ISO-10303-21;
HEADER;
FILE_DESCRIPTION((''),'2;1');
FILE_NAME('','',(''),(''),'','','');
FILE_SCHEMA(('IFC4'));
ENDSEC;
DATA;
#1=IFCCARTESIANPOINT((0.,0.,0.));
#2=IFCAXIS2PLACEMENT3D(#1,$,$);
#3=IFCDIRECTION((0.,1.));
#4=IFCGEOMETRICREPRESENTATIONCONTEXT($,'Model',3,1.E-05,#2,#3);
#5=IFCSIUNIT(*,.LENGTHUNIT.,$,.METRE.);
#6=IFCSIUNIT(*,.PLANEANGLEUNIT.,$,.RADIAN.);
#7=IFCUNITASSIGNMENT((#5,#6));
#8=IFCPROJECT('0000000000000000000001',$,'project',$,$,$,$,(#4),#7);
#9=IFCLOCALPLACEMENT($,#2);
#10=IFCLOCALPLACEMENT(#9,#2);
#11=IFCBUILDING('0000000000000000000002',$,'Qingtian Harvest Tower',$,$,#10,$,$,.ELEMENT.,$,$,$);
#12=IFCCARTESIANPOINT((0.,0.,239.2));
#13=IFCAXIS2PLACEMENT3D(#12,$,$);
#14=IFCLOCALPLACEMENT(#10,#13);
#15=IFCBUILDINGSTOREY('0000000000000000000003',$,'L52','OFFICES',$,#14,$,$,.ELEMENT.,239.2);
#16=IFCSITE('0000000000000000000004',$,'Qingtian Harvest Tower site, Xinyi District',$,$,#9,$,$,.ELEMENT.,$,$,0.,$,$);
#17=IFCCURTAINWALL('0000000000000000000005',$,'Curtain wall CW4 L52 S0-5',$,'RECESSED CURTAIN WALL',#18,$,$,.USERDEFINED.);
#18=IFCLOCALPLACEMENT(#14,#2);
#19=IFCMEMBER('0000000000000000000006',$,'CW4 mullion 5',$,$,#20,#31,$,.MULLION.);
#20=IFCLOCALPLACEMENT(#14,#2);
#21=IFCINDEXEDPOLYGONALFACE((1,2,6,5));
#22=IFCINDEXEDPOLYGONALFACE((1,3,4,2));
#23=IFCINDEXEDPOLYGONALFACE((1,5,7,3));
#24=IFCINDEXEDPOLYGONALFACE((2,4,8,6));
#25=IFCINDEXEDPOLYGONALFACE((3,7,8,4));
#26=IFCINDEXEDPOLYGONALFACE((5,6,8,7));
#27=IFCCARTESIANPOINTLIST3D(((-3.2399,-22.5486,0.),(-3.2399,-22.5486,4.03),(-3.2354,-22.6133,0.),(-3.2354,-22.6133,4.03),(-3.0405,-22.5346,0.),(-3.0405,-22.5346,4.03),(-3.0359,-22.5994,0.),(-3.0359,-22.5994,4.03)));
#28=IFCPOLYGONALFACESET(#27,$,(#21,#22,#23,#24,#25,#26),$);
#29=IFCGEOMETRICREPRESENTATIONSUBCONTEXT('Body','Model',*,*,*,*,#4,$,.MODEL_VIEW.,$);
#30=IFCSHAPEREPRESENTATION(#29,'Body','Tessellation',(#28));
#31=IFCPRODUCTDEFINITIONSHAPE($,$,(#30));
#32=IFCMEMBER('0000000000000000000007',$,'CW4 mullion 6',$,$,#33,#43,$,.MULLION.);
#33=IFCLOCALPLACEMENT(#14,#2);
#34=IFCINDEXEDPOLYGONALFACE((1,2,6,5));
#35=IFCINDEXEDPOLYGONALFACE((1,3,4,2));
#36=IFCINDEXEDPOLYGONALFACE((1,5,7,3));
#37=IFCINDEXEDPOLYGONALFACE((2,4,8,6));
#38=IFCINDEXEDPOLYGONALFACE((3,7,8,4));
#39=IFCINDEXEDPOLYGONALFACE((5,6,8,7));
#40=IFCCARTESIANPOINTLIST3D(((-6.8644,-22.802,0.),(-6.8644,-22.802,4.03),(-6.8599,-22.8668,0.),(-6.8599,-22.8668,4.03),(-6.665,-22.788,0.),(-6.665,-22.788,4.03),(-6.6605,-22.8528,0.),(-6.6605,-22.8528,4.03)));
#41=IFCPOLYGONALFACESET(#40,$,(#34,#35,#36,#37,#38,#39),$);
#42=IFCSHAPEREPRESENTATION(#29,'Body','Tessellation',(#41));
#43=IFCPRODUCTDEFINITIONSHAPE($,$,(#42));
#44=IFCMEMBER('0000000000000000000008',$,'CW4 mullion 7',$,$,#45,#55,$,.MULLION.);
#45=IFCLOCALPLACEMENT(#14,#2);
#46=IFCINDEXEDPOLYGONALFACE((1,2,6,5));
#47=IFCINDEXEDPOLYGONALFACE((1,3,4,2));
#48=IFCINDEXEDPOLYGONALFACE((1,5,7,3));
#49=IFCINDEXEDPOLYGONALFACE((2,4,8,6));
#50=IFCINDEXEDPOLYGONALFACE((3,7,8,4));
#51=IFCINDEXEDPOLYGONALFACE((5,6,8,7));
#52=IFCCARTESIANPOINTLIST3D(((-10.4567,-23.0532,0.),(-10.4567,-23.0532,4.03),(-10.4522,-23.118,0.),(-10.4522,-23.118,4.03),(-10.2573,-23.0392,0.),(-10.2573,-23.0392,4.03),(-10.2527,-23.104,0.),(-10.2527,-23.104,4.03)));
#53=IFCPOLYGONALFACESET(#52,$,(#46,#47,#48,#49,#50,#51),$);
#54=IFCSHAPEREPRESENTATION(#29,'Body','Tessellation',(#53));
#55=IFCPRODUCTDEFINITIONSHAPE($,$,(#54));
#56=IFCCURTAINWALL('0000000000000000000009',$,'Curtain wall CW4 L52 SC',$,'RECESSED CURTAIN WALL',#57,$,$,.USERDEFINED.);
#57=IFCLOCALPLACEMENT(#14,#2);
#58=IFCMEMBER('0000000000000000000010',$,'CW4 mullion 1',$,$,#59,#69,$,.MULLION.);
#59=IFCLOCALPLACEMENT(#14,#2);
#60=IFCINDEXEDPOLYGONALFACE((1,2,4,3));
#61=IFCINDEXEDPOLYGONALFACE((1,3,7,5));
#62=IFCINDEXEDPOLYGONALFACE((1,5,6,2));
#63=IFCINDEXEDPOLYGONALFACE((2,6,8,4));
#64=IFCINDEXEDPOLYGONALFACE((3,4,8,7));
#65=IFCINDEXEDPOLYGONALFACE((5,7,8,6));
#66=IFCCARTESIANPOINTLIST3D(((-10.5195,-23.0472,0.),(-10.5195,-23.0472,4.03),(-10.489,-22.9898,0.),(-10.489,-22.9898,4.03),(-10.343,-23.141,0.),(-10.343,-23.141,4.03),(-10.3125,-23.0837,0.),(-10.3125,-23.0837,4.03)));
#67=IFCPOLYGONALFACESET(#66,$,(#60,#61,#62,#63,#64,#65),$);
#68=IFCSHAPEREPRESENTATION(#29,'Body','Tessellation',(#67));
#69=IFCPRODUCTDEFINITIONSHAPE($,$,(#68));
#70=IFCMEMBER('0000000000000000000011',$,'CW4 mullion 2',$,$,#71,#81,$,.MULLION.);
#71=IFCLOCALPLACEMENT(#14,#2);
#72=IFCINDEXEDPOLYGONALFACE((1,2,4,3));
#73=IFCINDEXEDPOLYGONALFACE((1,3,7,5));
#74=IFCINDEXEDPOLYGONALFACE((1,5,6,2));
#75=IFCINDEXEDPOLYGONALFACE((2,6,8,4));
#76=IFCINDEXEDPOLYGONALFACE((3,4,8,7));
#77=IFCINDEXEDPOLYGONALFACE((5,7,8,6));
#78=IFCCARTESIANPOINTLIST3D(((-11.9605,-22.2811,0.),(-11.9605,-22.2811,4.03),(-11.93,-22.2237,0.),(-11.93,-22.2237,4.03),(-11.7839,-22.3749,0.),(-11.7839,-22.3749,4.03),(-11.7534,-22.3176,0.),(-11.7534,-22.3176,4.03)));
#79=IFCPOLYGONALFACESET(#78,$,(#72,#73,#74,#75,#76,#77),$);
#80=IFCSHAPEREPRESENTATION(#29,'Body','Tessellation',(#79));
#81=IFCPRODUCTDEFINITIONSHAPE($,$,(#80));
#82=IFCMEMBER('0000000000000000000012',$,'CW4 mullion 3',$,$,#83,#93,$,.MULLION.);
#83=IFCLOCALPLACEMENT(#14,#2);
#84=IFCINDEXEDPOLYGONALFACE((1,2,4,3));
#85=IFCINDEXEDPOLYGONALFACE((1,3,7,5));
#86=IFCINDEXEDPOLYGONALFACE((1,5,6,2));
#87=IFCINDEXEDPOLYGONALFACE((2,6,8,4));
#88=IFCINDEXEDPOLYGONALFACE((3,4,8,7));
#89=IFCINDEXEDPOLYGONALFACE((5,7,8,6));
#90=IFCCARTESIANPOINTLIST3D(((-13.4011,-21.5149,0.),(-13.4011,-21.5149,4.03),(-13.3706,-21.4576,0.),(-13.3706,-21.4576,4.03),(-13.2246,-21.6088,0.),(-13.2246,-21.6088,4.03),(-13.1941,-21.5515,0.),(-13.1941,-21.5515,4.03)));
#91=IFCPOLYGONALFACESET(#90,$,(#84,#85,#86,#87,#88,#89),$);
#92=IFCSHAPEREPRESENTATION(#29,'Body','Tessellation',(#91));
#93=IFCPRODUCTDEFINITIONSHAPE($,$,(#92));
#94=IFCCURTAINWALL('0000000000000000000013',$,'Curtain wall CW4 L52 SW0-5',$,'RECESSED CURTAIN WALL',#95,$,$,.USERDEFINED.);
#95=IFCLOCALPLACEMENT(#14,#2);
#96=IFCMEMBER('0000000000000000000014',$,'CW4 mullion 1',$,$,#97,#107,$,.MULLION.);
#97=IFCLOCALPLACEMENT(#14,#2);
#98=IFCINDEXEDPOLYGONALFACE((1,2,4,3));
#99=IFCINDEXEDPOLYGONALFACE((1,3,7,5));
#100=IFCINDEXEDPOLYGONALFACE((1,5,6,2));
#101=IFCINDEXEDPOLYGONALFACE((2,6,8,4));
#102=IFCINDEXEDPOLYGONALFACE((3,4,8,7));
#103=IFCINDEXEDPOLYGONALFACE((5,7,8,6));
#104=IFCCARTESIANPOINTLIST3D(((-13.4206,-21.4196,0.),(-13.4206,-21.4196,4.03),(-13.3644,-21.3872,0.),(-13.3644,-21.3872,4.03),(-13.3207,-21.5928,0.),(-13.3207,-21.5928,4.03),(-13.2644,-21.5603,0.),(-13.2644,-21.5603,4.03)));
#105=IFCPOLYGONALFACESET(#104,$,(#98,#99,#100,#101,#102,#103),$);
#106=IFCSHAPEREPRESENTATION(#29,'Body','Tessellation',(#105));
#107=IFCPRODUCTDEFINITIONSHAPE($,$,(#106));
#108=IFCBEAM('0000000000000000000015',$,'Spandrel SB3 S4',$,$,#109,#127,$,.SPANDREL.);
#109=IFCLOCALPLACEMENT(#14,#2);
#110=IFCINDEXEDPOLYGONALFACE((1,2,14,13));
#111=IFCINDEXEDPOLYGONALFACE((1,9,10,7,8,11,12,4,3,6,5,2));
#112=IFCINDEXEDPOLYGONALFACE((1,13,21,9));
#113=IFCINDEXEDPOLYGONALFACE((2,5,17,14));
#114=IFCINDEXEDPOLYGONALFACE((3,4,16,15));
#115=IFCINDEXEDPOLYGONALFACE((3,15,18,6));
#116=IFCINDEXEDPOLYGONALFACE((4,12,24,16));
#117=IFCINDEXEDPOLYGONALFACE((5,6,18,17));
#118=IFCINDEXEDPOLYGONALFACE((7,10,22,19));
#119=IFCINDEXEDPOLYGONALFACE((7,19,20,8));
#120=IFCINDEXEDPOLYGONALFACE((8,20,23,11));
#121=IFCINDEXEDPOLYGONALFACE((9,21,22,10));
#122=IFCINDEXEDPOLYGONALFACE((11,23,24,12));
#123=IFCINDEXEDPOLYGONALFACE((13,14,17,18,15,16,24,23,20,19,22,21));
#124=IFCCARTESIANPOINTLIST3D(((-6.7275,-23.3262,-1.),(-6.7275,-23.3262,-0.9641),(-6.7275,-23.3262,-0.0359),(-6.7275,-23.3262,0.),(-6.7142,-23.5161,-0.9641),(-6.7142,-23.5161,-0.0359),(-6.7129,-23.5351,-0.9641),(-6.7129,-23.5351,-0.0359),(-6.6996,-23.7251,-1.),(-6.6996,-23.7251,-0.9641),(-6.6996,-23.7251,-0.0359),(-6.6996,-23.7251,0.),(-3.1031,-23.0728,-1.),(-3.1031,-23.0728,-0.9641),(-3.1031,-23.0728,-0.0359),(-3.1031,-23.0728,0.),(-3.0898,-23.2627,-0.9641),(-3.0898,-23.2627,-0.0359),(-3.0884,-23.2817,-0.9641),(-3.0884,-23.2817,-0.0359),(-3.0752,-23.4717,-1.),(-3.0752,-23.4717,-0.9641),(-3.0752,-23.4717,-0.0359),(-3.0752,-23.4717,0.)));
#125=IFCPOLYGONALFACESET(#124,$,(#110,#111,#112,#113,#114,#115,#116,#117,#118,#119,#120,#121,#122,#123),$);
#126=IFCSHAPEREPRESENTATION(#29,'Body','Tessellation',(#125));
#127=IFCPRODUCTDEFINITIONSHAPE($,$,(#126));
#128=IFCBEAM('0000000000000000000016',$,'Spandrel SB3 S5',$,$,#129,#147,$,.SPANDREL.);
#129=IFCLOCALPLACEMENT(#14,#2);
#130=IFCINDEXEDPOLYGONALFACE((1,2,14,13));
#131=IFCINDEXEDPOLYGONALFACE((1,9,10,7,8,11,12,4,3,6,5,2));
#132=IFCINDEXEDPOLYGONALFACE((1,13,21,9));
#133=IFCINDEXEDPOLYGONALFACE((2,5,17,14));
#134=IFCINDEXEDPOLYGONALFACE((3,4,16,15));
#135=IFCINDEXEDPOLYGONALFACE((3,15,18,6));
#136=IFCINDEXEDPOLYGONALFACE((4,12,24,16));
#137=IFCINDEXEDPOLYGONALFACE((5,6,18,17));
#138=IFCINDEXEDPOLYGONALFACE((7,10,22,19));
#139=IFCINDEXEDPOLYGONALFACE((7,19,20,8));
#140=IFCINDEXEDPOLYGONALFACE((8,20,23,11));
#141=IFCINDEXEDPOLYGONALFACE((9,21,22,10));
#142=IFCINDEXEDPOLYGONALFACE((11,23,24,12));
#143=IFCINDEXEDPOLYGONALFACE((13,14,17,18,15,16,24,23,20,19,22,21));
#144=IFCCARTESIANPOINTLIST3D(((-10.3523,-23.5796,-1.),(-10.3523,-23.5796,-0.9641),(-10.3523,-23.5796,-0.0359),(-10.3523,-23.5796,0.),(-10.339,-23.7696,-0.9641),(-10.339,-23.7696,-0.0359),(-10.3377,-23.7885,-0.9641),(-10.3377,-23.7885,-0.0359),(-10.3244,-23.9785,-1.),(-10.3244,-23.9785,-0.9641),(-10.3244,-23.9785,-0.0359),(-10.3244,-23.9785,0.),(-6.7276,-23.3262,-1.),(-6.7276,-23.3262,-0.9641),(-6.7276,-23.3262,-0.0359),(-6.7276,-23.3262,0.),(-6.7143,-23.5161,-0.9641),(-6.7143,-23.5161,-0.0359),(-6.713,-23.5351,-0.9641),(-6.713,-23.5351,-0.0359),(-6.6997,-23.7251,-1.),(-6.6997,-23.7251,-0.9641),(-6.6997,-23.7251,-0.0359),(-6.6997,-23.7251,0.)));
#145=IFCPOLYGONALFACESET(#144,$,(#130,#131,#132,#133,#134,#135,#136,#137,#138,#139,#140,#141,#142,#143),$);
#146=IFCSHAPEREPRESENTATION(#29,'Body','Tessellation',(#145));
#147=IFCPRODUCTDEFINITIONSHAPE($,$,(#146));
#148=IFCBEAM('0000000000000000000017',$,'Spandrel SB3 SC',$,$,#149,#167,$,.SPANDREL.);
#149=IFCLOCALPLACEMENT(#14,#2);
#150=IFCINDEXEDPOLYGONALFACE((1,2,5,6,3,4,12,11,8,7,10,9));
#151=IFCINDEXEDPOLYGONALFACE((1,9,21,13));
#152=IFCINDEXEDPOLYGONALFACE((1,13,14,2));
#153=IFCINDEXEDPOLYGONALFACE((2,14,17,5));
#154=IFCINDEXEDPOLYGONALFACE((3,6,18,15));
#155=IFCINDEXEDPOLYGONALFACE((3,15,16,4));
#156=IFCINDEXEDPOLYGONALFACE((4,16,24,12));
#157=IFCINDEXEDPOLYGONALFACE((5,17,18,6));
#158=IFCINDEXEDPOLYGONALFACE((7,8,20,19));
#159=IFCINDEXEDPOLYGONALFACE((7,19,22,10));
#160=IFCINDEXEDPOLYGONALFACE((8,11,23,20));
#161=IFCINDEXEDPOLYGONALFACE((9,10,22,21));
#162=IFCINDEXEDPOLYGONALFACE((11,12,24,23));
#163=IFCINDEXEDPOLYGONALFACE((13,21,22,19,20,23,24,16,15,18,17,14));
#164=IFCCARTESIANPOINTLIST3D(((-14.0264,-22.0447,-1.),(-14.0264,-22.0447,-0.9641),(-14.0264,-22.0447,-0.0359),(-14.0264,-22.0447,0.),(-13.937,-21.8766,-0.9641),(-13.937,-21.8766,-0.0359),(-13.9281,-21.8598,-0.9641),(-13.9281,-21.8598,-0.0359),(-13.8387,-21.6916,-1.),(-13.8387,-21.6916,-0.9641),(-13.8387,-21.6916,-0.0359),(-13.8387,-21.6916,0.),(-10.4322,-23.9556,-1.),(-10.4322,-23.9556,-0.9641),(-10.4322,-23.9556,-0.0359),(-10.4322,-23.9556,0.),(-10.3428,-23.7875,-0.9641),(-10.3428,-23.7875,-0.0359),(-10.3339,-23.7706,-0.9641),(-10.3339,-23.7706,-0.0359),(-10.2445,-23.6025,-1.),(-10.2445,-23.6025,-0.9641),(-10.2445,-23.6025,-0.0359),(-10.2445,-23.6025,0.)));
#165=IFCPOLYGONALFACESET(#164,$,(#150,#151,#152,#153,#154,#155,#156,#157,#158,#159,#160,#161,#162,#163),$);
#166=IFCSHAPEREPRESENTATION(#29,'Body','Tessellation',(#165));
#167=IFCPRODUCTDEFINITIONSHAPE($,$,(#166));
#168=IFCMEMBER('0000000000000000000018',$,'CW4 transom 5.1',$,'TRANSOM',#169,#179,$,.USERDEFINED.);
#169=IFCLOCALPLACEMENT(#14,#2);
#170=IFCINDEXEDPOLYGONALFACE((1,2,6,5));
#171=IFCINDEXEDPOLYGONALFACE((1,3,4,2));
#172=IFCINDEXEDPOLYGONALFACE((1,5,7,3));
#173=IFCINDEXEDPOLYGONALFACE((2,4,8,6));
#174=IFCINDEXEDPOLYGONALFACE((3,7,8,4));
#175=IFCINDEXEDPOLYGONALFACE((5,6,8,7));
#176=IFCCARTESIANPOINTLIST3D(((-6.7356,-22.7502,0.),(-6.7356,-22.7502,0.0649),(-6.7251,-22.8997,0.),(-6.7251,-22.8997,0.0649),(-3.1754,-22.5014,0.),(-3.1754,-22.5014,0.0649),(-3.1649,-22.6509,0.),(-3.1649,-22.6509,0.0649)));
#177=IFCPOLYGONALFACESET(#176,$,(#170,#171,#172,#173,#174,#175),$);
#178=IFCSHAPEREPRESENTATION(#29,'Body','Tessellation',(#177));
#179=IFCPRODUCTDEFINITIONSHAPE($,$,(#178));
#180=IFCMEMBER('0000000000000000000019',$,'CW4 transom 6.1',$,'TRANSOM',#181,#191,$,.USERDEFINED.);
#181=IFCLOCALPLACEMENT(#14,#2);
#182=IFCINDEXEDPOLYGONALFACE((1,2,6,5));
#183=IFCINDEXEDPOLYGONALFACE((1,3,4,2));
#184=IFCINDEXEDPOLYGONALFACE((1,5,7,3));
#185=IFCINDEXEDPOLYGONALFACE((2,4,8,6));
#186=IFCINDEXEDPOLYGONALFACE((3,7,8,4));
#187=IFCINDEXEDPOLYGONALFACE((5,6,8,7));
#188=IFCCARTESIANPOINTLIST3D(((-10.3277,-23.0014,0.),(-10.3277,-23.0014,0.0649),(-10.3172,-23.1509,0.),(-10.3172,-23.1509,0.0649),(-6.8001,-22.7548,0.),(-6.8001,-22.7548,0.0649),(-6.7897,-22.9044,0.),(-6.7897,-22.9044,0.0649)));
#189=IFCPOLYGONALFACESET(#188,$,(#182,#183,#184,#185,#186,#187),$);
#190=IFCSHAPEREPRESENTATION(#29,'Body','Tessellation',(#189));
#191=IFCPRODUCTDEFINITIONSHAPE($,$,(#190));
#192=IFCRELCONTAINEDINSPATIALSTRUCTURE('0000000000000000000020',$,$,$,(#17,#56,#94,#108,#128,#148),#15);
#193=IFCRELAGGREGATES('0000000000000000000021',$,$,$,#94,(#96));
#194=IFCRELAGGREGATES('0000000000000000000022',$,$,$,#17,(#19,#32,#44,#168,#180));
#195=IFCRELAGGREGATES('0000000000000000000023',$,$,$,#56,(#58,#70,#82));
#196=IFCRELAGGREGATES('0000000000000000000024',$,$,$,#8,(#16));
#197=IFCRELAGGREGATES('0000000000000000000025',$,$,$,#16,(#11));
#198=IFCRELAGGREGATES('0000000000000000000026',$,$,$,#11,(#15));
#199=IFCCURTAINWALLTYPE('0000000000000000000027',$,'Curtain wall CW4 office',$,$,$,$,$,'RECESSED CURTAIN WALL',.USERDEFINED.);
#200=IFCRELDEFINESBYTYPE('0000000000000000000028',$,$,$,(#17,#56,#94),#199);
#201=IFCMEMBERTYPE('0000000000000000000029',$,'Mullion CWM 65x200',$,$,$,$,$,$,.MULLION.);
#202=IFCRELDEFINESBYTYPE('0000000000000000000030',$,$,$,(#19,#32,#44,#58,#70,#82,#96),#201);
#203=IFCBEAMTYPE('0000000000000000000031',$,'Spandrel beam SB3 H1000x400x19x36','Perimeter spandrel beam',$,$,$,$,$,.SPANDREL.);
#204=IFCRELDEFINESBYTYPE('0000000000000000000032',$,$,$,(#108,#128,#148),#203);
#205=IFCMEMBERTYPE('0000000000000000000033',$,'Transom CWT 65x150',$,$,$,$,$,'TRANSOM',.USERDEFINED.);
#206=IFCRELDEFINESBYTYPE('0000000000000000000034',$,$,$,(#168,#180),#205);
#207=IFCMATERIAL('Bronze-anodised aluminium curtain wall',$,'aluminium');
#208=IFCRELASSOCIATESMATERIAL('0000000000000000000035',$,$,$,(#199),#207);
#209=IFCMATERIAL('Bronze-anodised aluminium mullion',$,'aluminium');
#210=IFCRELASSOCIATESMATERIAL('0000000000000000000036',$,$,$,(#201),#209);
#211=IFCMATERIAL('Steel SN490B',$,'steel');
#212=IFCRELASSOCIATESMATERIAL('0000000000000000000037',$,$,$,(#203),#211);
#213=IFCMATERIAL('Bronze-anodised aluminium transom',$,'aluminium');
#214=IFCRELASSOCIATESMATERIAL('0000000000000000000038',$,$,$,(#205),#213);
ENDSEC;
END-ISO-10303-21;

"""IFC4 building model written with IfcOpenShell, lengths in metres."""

from ifc_helpers import new_model, si_unit, direction, frame, origin, origin_2d, place, context, subcontext, project, spatial, rectangle, i_section, extrude, material, material_profile, profile_set, type_object, element, aggregate, save


model = new_model("IFC4")

# Units and contexts
model_context = context("Model", 3, precision=1e-05, world=origin(), true_north=direction((0.0, 1.0)))
body_context = subcontext(model_context, "Body", "Model", "MODEL_VIEW")
ifc_project = project(units=[si_unit("LENGTHUNIT", "METRE"), si_unit("PLANEANGLEUNIT", "RADIAN")], contexts=[model_context])

# Site, building, storey
site_placement = place(None, origin())
site = spatial("IfcSite", under=ifc_project, at=site_placement, Name="Qingtian Harvest Tower site, Xinyi District", CompositionType="ELEMENT", RefElevation=0.0)
building_placement = place(site_placement, origin())
building = spatial("IfcBuilding", under=site, at=building_placement, Name="Qingtian Harvest Tower", CompositionType="ELEMENT")
storey_placement = place(building_placement, frame((0.0, 0.0, 239.2)))
storey = spatial("IfcBuildingStorey", under=building, at=storey_placement, Name="L52", Description="OFFICES", CompositionType="ELEMENT", Elevation=239.2)

# Curtain walls, members
ifc_material_1 = material(Name="Bronze-anodised aluminium curtain wall", Category="aluminium")
curtain_wall_type = type_object("IfcCurtainWallType", Name="Curtain wall CW4 office", ElementType="RECESSED CURTAIN WALL", PredefinedType="USERDEFINED", material=ifc_material_1)
curtain_wall_1_placement = place(storey_placement, origin())
curtain_wall_1 = element("IfcCurtainWall", 1, at=curtain_wall_1_placement, inside=storey, type_object=curtain_wall_type, Name="Curtain wall CW4 L52 S0-5", ObjectType="RECESSED CURTAIN WALL", PredefinedType="USERDEFINED")
ifc_material_2 = material(Name="Bronze-anodised aluminium mullion", Category="aluminium")
ifc_material_profile_1 = material_profile(ifc_material_2, rectangle(XDim=0.0649, YDim=0.2, at=origin_2d()), Name="AL 65x200")
ifc_profile_set_1 = profile_set([ifc_material_profile_1], Name="Bronze-anodised aluminium mullion")
member_type_1 = type_object("IfcMemberType", Name="Mullion CWM 65x200", PredefinedType="MULLION", material=ifc_profile_set_1)
member_1_placement = place(storey_placement, frame((-3.1379, -22.574, 0.0), z_axis=(0.0, 0.0, 1.0), x_axis=(0.069756, -0.997564, 0.0)))
member_1 = element("IfcMember", 2, at=member_1_placement, type_object=member_type_1, Name="CW4 mullion 5", PredefinedType="MULLION", context=body_context, shape_type="SweptSolid", body=[
    extrude(rectangle(XDim=0.0649, YDim=0.2, at=origin_2d()), origin(), (0.0, 0.0, 1.0), 4.03),
])
member_2_placement = place(storey_placement, frame((-6.7625, -22.8274, 0.0), z_axis=(0.0, 0.0, 1.0), x_axis=(0.069756, -0.997564, 0.0)))
member_2 = element("IfcMember", 3, at=member_2_placement, type_object=member_type_1, Name="CW4 mullion 6", PredefinedType="MULLION", context=body_context, shape_type="SweptSolid", body=[
    extrude(rectangle(XDim=0.0649, YDim=0.2, at=origin_2d()), origin(), (0.0, 0.0, 1.0), 4.03),
])
member_3_placement = place(storey_placement, frame((-10.3547, -23.0786, 0.0), z_axis=(0.0, 0.0, 1.0), x_axis=(0.069756, -0.997564, 0.0)))
member_3 = element("IfcMember", 4, at=member_3_placement, type_object=member_type_1, Name="CW4 mullion 7", PredefinedType="MULLION", context=body_context, shape_type="SweptSolid", body=[
    extrude(rectangle(XDim=0.0649, YDim=0.2, at=origin_2d()), origin(), (0.0, 0.0, 1.0), 4.03),
])
curtain_wall_2_placement = place(storey_placement, origin())
curtain_wall_2 = element("IfcCurtainWall", 5, at=curtain_wall_2_placement, inside=storey, type_object=curtain_wall_type, Name="Curtain wall CW4 L52 SC", ObjectType="RECESSED CURTAIN WALL", PredefinedType="USERDEFINED")
member_4_placement = place(storey_placement, frame((-10.416, -23.0654, 0.0), z_axis=(0.0, 0.0, 1.0), x_axis=(-0.469472, -0.882948, 0.0)))
member_4 = element("IfcMember", 6, at=member_4_placement, type_object=member_type_1, Name="CW4 mullion 1", PredefinedType="MULLION", context=body_context, shape_type="SweptSolid", body=[
    extrude(rectangle(XDim=0.0649, YDim=0.2, at=origin_2d()), origin(), (0.0, 0.0, 1.0), 4.03),
])
member_5_placement = place(storey_placement, frame((-11.8569, -22.2993, 0.0), z_axis=(0.0, 0.0, 1.0), x_axis=(-0.469472, -0.882948, 0.0)))
member_5 = element("IfcMember", 7, at=member_5_placement, type_object=member_type_1, Name="CW4 mullion 2", PredefinedType="MULLION", context=body_context, shape_type="SweptSolid", body=[
    extrude(rectangle(XDim=0.0649, YDim=0.2, at=origin_2d()), origin(), (0.0, 0.0, 1.0), 4.03),
])
member_6_placement = place(storey_placement, frame((-13.2976, -21.5332, 0.0), z_axis=(0.0, 0.0, 1.0), x_axis=(-0.469472, -0.882948, 0.0)))
member_6 = element("IfcMember", 8, at=member_6_placement, type_object=member_type_1, Name="CW4 mullion 3", PredefinedType="MULLION", context=body_context, shape_type="SweptSolid", body=[
    extrude(rectangle(XDim=0.0649, YDim=0.2, at=origin_2d()), origin(), (0.0, 0.0, 1.0), 4.03),
])

# Curtain wall, member
curtain_wall_3_placement = place(storey_placement, origin())
curtain_wall_3 = element("IfcCurtainWall", 9, at=curtain_wall_3_placement, inside=storey, type_object=curtain_wall_type, Name="Curtain wall CW4 L52 SW0-5", ObjectType="RECESSED CURTAIN WALL", PredefinedType="USERDEFINED")
member_7_placement = place(storey_placement, frame((-13.3425, -21.49, 0.0), z_axis=(0.0, 0.0, 1.0), x_axis=(-0.866025, -0.5, 0.0)))
member_7 = element("IfcMember", 10, at=member_7_placement, type_object=member_type_1, Name="CW4 mullion 1", PredefinedType="MULLION", context=body_context, shape_type="SweptSolid", body=[
    extrude(rectangle(XDim=0.0649, YDim=0.2, at=origin_2d()), origin(), (0.0, 0.0, 1.0), 4.03),
])

# Beams
ifc_material_3 = material(Name="Steel SN490B", Category="steel")
ifc_material_profile_2 = material_profile(ifc_material_3, i_section(OverallWidth=0.3999, OverallDepth=1.0, WebThickness=0.019, FlangeThickness=0.0359, at=origin_2d()), Name="H1000x400x19x36")
ifc_profile_set_2 = profile_set([ifc_material_profile_2], Name="Steel SN490B")
beam_type_1 = type_object("IfcBeamType", Name="Spandrel beam SB3 H1000x400x19x36", Description="Perimeter spandrel beam", PredefinedType="SPANDREL", material=ifc_profile_set_2)
beam_1_placement = place(storey_placement, frame((-3.0891, -23.2722, -0.5), z_axis=(-0.997565, -0.069748, 0.0), x_axis=(0.069748, -0.997565, 0.0)))
element("IfcBeam", 11, at=beam_1_placement, inside=storey, type_object=beam_type_1, Name="Spandrel SB3 S4", PredefinedType="SPANDREL", context=body_context, shape_type="SweptSolid", body=[
    extrude(i_section(OverallWidth=0.3999, OverallDepth=1.0, WebThickness=0.019, FlangeThickness=0.0359, at=origin_2d()), origin(), (0.0, 0.0, 1.0), 3.6333),
])
beam_2_placement = place(storey_placement, frame((-6.7136, -23.5256, -0.5), z_axis=(-0.997565, -0.069743, 0.0), x_axis=(0.069743, -0.997565, 0.0)))
element("IfcBeam", 12, at=beam_2_placement, inside=storey, type_object=beam_type_1, Name="Spandrel SB3 S5", PredefinedType="SPANDREL", context=body_context, shape_type="SweptSolid", body=[
    extrude(i_section(OverallWidth=0.3999, OverallDepth=1.0, WebThickness=0.019, FlangeThickness=0.0359, at=origin_2d()), origin(), (0.0, 0.0, 1.0), 3.6335),
])
beam_3_placement = place(storey_placement, frame((-10.3384, -23.7791, -0.5), z_axis=(-0.882968, 0.469433, 0.0), x_axis=(-0.469433, -0.882968, 0.0)))
element("IfcBeam", 13, at=beam_3_placement, inside=storey, type_object=beam_type_1, Name="Spandrel SB3 SC", PredefinedType="SPANDREL", context=body_context, shape_type="SweptSolid", body=[
    extrude(i_section(OverallWidth=0.3999, OverallDepth=1.0, WebThickness=0.019, FlangeThickness=0.0359, at=origin_2d()), origin(), (0.0, 0.0, 1.0), 4.0706),
])

# Members
ifc_material_4 = material(Name="Bronze-anodised aluminium transom", Category="aluminium")
ifc_material_profile_3 = material_profile(ifc_material_4, rectangle(XDim=0.1499, YDim=0.0649, at=origin_2d()), Name="AL 65x150")
ifc_profile_set_3 = profile_set([ifc_material_profile_3], Name="Bronze-anodised aluminium transom")
member_type_2 = type_object("IfcMemberType", Name="Transom CWT 65x150", ElementType="TRANSOM", PredefinedType="USERDEFINED", material=ifc_profile_set_3)
member_8_placement = place(storey_placement, frame((-3.1702, -22.5762, 0.0325), z_axis=(-0.997567, -0.069711, 0.0), x_axis=(0.069711, -0.997567, 0.0)))
member_8 = element("IfcMember", 14, at=member_8_placement, type_object=member_type_2, Name="CW4 transom 5.1", ObjectType="TRANSOM", PredefinedType="USERDEFINED", context=body_context, shape_type="SweptSolid", body=[
    extrude(rectangle(XDim=0.1499, YDim=0.0649, at=origin_2d()), origin(), (0.0, 0.0, 1.0), 3.5688),
])
member_9_placement = place(storey_placement, frame((-6.7949, -22.8296, 0.0325), z_axis=(-0.997566, -0.069731, 0.0), x_axis=(0.069731, -0.997566, 0.0)))
member_9 = element("IfcMember", 15, at=member_9_placement, type_object=member_type_2, Name="CW4 transom 6.1", ObjectType="TRANSOM", PredefinedType="USERDEFINED", context=body_context, shape_type="SweptSolid", body=[
    extrude(rectangle(XDim=0.1499, YDim=0.0649, at=origin_2d()), origin(), (0.0, 0.0, 1.0), 3.5361),
])
aggregate(curtain_wall_3, [member_7])

aggregate(curtain_wall_1, [member_1, member_2, member_3, member_8, member_9])
aggregate(curtain_wall_2, [member_4, member_5, member_6])

save(model, "model.ifc")
